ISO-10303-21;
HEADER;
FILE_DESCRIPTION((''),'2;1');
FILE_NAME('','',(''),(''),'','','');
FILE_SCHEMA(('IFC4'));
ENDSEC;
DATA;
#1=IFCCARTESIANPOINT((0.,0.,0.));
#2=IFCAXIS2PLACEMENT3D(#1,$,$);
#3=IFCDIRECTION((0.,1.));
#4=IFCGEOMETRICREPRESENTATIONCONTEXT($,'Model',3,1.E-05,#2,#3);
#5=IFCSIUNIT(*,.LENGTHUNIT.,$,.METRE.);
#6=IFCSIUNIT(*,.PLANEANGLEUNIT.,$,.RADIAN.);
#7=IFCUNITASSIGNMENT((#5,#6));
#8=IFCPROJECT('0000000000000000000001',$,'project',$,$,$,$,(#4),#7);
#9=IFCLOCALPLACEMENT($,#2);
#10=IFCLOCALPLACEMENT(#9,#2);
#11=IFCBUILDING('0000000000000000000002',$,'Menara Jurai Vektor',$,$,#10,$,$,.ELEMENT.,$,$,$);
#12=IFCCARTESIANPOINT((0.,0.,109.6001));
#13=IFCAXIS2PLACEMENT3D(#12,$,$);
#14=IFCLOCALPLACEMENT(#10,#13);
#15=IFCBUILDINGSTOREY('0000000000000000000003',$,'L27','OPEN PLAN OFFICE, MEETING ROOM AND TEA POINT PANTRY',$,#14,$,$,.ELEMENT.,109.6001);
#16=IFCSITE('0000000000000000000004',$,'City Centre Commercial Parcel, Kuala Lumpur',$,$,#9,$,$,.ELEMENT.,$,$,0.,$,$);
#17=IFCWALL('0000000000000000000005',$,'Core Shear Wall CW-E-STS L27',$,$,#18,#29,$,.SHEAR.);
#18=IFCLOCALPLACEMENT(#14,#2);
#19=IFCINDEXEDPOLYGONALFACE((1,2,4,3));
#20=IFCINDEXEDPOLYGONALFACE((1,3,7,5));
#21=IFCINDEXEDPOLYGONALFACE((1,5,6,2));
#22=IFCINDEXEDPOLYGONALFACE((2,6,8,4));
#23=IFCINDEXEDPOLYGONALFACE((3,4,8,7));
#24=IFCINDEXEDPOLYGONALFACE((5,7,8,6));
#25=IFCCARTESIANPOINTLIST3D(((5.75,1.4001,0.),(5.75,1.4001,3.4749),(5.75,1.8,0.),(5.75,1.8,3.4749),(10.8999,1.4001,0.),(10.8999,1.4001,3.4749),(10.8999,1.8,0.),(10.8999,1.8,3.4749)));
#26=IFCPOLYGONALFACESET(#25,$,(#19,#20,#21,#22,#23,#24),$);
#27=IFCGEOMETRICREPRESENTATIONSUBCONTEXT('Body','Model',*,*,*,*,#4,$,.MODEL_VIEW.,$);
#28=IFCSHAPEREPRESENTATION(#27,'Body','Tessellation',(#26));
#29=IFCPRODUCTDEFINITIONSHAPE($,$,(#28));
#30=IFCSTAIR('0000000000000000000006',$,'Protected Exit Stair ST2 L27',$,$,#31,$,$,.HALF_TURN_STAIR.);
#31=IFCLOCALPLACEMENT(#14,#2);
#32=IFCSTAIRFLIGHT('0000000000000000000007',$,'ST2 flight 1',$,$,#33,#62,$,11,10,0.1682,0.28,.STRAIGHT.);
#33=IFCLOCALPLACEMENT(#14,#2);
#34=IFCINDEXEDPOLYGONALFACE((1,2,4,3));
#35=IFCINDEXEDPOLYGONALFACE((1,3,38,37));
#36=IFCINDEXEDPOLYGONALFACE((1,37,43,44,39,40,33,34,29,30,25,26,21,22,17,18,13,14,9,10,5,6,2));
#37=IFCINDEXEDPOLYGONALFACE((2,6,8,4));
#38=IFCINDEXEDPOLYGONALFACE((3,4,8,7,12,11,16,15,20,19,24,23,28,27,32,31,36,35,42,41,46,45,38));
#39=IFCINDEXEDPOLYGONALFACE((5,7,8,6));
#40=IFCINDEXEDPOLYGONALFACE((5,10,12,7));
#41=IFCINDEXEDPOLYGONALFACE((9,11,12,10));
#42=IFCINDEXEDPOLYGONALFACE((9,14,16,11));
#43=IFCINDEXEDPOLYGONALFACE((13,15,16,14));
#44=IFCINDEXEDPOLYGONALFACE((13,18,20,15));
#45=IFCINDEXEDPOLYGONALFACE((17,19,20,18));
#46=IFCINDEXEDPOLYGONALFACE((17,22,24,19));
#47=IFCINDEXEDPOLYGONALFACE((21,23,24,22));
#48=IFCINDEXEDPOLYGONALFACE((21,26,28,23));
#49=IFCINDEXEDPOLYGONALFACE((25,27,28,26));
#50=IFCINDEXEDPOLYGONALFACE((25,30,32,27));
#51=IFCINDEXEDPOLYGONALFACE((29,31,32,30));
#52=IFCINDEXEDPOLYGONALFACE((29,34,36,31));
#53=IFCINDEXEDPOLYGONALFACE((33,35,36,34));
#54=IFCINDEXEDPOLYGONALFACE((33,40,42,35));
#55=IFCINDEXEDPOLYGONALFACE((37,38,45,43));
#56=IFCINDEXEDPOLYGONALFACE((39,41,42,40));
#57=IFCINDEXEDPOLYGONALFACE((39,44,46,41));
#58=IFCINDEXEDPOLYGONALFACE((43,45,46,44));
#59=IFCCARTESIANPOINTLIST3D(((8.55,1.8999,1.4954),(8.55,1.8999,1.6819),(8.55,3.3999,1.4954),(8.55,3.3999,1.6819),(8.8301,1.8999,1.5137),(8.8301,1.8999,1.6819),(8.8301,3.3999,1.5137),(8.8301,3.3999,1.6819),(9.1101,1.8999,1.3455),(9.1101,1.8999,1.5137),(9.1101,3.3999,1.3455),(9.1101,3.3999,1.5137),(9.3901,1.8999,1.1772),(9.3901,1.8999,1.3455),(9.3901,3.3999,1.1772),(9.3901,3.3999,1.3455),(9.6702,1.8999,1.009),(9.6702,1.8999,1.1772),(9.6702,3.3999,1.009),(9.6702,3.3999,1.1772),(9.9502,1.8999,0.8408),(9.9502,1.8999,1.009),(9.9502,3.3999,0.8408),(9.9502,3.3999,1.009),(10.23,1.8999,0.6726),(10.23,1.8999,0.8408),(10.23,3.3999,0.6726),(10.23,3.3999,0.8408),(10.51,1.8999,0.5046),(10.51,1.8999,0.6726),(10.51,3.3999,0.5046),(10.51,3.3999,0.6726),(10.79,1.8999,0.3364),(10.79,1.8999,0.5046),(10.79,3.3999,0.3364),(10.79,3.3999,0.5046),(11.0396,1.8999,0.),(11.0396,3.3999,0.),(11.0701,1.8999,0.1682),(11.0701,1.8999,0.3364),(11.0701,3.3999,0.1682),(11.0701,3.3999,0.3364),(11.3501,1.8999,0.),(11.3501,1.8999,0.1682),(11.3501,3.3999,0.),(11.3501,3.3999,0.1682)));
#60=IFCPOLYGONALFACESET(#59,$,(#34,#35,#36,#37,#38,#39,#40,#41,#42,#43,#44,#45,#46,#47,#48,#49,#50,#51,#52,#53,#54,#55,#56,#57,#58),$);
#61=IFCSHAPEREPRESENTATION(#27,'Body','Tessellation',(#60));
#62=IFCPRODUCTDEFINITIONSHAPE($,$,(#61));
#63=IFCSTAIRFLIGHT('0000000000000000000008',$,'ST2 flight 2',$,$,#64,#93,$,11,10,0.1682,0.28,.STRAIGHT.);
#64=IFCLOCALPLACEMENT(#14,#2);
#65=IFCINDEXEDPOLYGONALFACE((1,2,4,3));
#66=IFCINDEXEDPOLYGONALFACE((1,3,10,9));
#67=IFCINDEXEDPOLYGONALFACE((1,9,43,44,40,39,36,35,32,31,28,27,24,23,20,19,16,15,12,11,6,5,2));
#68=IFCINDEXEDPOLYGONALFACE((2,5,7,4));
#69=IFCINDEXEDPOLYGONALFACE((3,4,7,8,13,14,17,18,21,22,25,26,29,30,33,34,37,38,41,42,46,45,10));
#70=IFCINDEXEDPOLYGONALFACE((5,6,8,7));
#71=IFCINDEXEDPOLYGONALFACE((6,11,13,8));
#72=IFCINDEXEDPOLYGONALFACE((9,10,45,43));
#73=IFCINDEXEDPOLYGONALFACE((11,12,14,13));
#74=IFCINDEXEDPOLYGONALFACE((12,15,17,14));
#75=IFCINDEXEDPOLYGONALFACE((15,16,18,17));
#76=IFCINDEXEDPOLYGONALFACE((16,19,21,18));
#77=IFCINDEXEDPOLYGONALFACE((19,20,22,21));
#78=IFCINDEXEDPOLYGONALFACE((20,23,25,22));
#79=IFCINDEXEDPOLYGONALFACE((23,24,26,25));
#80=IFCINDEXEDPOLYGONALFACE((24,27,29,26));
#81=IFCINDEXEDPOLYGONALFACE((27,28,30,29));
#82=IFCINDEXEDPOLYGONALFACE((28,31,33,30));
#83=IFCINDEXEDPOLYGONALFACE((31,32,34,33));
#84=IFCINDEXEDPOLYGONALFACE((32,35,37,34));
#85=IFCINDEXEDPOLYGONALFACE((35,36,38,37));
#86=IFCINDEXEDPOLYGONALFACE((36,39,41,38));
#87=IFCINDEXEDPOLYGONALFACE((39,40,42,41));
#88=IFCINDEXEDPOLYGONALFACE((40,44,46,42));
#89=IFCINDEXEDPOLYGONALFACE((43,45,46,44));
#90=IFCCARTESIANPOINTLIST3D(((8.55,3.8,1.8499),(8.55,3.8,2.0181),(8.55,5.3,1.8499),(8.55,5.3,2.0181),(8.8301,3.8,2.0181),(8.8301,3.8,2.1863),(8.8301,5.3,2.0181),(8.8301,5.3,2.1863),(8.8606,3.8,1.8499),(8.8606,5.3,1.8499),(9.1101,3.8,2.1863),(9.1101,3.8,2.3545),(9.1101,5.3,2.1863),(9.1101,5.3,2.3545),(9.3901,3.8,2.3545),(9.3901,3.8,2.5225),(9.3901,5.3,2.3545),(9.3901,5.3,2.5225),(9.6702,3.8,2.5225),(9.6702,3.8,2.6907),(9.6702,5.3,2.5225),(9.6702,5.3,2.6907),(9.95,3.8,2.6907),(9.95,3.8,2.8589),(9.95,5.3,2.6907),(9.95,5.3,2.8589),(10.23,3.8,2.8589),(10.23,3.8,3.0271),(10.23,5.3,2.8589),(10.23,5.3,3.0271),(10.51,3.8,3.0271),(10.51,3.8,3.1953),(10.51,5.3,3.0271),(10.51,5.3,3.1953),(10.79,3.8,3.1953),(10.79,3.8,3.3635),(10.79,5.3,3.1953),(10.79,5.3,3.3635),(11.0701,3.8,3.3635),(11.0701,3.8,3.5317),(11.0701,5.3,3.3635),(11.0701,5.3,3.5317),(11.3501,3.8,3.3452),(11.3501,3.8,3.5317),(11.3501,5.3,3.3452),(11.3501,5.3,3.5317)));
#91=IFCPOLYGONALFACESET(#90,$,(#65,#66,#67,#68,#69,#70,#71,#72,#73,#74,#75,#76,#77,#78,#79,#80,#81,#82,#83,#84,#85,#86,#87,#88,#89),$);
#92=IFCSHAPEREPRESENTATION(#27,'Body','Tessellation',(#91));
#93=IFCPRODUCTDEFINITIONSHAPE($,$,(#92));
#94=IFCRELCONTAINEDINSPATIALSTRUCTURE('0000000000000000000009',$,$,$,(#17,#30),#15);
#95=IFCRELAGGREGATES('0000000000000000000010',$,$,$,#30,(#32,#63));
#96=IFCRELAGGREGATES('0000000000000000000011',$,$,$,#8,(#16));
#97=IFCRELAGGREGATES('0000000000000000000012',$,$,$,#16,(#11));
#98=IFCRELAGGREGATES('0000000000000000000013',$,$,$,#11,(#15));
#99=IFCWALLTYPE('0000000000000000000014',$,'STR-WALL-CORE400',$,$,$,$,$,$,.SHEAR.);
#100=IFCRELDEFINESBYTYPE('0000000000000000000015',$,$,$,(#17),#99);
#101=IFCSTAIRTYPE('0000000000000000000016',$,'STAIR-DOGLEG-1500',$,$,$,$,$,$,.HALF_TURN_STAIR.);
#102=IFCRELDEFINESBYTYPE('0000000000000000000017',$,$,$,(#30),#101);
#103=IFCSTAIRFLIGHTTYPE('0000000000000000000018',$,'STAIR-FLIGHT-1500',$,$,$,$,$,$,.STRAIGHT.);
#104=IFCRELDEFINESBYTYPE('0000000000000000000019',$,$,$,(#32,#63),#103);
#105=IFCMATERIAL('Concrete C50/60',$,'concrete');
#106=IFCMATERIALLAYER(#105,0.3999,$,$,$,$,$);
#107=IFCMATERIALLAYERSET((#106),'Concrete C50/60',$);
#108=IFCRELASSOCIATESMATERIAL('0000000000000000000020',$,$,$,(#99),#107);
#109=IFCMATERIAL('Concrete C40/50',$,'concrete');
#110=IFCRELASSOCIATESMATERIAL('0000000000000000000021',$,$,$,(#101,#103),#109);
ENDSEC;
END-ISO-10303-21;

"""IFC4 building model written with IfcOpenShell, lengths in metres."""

from ifc_helpers import new_model, si_unit, direction, frame, frame_2d, origin, place, context, subcontext, project, spatial, polyline, rectangle, outline, extrude, material, layer, layer_set, type_object, element, aggregate, save


model = new_model("IFC4")

# Units and contexts
model_context = context("Model", 3, precision=1e-05, world=origin(), true_north=direction((0.0, 1.0)))
body_context = subcontext(model_context, "Body", "Model", "MODEL_VIEW")
ifc_project = project(units=[si_unit("LENGTHUNIT", "METRE"), si_unit("PLANEANGLEUNIT", "RADIAN")], contexts=[model_context])

# Site, building, storey
site_placement = place(None, origin())
site = spatial("IfcSite", under=ifc_project, at=site_placement, Name="City Centre Commercial Parcel, Kuala Lumpur", CompositionType="ELEMENT", RefElevation=0.0)
building_placement = place(site_placement, origin())
building = spatial("IfcBuilding", under=site, at=building_placement, Name="Menara Jurai Vektor", CompositionType="ELEMENT")
storey_placement = place(building_placement, frame((0.0, 0.0, 109.6001)))
storey = spatial("IfcBuildingStorey", under=building, at=storey_placement, Name="L27", Description="OPEN PLAN OFFICE, MEETING ROOM AND TEA POINT PANTRY", CompositionType="ELEMENT", Elevation=109.6001)

# Shared definitions
ifc_material_1 = material(Name="Concrete C50/60", Category="concrete")

# Shared definitions
ifc_material_2 = material(Name="Concrete C40/50", Category="concrete")

# Wall
ifc_layer_1 = layer(ifc_material_1, 0.3999)
ifc_layer_set_1 = layer_set([ifc_layer_1], Name="Concrete C50/60")
wall_type_1 = type_object("IfcWallType", Name="STR-WALL-CORE400", PredefinedType="SHEAR", material=ifc_layer_set_1)
wall_1_placement = place(storey_placement, frame((5.75, 1.6001, 0.0), z_axis=(0.0, 0.0, 1.0), x_axis=(1.0, 0.0, 0.0)))
element("IfcWall", 1, at=wall_1_placement, inside=storey, type_object=wall_type_1, Name="Core Shear Wall CW-E-STS L27", PredefinedType="SHEAR", context=body_context, shape_type="SweptSolid", body=[
    extrude(rectangle(XDim=5.1499, YDim=0.3999, at=frame_2d((2.575, 0.0))), origin(), (0.0, 0.0, 1.0), 3.4749),
])

# Stair, stair flights
stair_type = type_object("IfcStairType", Name="STAIR-DOGLEG-1500", PredefinedType="HALF_TURN_STAIR", material=ifc_material_2)
stair_placement = place(storey_placement, origin())
stair = element("IfcStair", 2, at=stair_placement, inside=storey, type_object=stair_type, Name="Protected Exit Stair ST2 L27", PredefinedType="HALF_TURN_STAIR")
stair_flight_type = type_object("IfcStairFlightType", Name="STAIR-FLIGHT-1500", PredefinedType="STRAIGHT", material=ifc_material_2)
stair_flight_1_placement = place(storey_placement, frame((11.3501, 2.6499, 0.0), z_axis=(0.0, 0.0, 1.0), x_axis=(-1.0, 0.0, 0.0)))
stair_flight_1 = element("IfcStairFlight", 3, at=stair_flight_1_placement, type_object=stair_flight_type, Name="ST2 flight 1", NumberOfRisers=11, NumberOfTreads=10, PredefinedType="STRAIGHT", RiserHeight=0.1682, TreadLength=0.28, context=body_context, shape_type="SweptSolid", body=[
    extrude(outline(polyline([(0.0, 0.0), (0.0, 0.1682), (0.28, 0.1682), (0.28, 0.3364), (0.5601, 0.3364), (0.5601, 0.5046), (0.8401, 0.5046), (0.8401, 0.6726), (1.1201, 0.6726), (1.1201, 0.8408), (1.3999, 0.8408), (1.3999, 1.009), (1.6799, 1.009), (1.6799, 1.1772), (1.96, 1.1772), (1.96, 1.3455), (2.24, 1.3455), (2.24, 1.5137), (2.52, 1.5137), (2.52, 1.6819), (2.8, 1.6819), (2.8, 1.8501), (2.8, 1.4954), (0.3105, 0.0), (0.0, 0.0)])), frame((0.0, 0.75, 0.0), z_axis=(0.0, -1.0, 0.0), x_axis=(1.0, 0.0, 0.0)), (0.0, 0.0, 1.0), 1.5),
])
stair_flight_2_placement = place(storey_placement, frame((8.55, 4.55, 1.8499), z_axis=(0.0, 0.0, 1.0), x_axis=(1.0, 0.0, 0.0)))
stair_flight_2 = element("IfcStairFlight", 4, at=stair_flight_2_placement, type_object=stair_flight_type, Name="ST2 flight 2", NumberOfRisers=11, NumberOfTreads=10, PredefinedType="STRAIGHT", RiserHeight=0.1682, TreadLength=0.28, context=body_context, shape_type="SweptSolid", body=[
    extrude(outline(polyline([(0.0, 0.0), (0.0, 0.1682), (0.28, 0.1682), (0.28, 0.3364), (0.5601, 0.3364), (0.5601, 0.5046), (0.8401, 0.5046), (0.8401, 0.6726), (1.1201, 0.6726), (1.1201, 0.8408), (1.3999, 0.8408), (1.3999, 1.009), (1.6799, 1.009), (1.6799, 1.1772), (1.96, 1.1772), (1.96, 1.3455), (2.24, 1.3455), (2.24, 1.5137), (2.52, 1.5137), (2.52, 1.6819), (2.8, 1.6819), (2.8, 1.8501), (2.8, 1.4954), (0.3105, 0.0), (0.0, 0.0)])), frame((0.0, 0.75, 0.0), z_axis=(0.0, -1.0, 0.0), x_axis=(1.0, 0.0, 0.0)), (0.0, 0.0, 1.0), 1.5),
])
aggregate(stair, [stair_flight_1, stair_flight_2])

save(model, "model.ifc")
